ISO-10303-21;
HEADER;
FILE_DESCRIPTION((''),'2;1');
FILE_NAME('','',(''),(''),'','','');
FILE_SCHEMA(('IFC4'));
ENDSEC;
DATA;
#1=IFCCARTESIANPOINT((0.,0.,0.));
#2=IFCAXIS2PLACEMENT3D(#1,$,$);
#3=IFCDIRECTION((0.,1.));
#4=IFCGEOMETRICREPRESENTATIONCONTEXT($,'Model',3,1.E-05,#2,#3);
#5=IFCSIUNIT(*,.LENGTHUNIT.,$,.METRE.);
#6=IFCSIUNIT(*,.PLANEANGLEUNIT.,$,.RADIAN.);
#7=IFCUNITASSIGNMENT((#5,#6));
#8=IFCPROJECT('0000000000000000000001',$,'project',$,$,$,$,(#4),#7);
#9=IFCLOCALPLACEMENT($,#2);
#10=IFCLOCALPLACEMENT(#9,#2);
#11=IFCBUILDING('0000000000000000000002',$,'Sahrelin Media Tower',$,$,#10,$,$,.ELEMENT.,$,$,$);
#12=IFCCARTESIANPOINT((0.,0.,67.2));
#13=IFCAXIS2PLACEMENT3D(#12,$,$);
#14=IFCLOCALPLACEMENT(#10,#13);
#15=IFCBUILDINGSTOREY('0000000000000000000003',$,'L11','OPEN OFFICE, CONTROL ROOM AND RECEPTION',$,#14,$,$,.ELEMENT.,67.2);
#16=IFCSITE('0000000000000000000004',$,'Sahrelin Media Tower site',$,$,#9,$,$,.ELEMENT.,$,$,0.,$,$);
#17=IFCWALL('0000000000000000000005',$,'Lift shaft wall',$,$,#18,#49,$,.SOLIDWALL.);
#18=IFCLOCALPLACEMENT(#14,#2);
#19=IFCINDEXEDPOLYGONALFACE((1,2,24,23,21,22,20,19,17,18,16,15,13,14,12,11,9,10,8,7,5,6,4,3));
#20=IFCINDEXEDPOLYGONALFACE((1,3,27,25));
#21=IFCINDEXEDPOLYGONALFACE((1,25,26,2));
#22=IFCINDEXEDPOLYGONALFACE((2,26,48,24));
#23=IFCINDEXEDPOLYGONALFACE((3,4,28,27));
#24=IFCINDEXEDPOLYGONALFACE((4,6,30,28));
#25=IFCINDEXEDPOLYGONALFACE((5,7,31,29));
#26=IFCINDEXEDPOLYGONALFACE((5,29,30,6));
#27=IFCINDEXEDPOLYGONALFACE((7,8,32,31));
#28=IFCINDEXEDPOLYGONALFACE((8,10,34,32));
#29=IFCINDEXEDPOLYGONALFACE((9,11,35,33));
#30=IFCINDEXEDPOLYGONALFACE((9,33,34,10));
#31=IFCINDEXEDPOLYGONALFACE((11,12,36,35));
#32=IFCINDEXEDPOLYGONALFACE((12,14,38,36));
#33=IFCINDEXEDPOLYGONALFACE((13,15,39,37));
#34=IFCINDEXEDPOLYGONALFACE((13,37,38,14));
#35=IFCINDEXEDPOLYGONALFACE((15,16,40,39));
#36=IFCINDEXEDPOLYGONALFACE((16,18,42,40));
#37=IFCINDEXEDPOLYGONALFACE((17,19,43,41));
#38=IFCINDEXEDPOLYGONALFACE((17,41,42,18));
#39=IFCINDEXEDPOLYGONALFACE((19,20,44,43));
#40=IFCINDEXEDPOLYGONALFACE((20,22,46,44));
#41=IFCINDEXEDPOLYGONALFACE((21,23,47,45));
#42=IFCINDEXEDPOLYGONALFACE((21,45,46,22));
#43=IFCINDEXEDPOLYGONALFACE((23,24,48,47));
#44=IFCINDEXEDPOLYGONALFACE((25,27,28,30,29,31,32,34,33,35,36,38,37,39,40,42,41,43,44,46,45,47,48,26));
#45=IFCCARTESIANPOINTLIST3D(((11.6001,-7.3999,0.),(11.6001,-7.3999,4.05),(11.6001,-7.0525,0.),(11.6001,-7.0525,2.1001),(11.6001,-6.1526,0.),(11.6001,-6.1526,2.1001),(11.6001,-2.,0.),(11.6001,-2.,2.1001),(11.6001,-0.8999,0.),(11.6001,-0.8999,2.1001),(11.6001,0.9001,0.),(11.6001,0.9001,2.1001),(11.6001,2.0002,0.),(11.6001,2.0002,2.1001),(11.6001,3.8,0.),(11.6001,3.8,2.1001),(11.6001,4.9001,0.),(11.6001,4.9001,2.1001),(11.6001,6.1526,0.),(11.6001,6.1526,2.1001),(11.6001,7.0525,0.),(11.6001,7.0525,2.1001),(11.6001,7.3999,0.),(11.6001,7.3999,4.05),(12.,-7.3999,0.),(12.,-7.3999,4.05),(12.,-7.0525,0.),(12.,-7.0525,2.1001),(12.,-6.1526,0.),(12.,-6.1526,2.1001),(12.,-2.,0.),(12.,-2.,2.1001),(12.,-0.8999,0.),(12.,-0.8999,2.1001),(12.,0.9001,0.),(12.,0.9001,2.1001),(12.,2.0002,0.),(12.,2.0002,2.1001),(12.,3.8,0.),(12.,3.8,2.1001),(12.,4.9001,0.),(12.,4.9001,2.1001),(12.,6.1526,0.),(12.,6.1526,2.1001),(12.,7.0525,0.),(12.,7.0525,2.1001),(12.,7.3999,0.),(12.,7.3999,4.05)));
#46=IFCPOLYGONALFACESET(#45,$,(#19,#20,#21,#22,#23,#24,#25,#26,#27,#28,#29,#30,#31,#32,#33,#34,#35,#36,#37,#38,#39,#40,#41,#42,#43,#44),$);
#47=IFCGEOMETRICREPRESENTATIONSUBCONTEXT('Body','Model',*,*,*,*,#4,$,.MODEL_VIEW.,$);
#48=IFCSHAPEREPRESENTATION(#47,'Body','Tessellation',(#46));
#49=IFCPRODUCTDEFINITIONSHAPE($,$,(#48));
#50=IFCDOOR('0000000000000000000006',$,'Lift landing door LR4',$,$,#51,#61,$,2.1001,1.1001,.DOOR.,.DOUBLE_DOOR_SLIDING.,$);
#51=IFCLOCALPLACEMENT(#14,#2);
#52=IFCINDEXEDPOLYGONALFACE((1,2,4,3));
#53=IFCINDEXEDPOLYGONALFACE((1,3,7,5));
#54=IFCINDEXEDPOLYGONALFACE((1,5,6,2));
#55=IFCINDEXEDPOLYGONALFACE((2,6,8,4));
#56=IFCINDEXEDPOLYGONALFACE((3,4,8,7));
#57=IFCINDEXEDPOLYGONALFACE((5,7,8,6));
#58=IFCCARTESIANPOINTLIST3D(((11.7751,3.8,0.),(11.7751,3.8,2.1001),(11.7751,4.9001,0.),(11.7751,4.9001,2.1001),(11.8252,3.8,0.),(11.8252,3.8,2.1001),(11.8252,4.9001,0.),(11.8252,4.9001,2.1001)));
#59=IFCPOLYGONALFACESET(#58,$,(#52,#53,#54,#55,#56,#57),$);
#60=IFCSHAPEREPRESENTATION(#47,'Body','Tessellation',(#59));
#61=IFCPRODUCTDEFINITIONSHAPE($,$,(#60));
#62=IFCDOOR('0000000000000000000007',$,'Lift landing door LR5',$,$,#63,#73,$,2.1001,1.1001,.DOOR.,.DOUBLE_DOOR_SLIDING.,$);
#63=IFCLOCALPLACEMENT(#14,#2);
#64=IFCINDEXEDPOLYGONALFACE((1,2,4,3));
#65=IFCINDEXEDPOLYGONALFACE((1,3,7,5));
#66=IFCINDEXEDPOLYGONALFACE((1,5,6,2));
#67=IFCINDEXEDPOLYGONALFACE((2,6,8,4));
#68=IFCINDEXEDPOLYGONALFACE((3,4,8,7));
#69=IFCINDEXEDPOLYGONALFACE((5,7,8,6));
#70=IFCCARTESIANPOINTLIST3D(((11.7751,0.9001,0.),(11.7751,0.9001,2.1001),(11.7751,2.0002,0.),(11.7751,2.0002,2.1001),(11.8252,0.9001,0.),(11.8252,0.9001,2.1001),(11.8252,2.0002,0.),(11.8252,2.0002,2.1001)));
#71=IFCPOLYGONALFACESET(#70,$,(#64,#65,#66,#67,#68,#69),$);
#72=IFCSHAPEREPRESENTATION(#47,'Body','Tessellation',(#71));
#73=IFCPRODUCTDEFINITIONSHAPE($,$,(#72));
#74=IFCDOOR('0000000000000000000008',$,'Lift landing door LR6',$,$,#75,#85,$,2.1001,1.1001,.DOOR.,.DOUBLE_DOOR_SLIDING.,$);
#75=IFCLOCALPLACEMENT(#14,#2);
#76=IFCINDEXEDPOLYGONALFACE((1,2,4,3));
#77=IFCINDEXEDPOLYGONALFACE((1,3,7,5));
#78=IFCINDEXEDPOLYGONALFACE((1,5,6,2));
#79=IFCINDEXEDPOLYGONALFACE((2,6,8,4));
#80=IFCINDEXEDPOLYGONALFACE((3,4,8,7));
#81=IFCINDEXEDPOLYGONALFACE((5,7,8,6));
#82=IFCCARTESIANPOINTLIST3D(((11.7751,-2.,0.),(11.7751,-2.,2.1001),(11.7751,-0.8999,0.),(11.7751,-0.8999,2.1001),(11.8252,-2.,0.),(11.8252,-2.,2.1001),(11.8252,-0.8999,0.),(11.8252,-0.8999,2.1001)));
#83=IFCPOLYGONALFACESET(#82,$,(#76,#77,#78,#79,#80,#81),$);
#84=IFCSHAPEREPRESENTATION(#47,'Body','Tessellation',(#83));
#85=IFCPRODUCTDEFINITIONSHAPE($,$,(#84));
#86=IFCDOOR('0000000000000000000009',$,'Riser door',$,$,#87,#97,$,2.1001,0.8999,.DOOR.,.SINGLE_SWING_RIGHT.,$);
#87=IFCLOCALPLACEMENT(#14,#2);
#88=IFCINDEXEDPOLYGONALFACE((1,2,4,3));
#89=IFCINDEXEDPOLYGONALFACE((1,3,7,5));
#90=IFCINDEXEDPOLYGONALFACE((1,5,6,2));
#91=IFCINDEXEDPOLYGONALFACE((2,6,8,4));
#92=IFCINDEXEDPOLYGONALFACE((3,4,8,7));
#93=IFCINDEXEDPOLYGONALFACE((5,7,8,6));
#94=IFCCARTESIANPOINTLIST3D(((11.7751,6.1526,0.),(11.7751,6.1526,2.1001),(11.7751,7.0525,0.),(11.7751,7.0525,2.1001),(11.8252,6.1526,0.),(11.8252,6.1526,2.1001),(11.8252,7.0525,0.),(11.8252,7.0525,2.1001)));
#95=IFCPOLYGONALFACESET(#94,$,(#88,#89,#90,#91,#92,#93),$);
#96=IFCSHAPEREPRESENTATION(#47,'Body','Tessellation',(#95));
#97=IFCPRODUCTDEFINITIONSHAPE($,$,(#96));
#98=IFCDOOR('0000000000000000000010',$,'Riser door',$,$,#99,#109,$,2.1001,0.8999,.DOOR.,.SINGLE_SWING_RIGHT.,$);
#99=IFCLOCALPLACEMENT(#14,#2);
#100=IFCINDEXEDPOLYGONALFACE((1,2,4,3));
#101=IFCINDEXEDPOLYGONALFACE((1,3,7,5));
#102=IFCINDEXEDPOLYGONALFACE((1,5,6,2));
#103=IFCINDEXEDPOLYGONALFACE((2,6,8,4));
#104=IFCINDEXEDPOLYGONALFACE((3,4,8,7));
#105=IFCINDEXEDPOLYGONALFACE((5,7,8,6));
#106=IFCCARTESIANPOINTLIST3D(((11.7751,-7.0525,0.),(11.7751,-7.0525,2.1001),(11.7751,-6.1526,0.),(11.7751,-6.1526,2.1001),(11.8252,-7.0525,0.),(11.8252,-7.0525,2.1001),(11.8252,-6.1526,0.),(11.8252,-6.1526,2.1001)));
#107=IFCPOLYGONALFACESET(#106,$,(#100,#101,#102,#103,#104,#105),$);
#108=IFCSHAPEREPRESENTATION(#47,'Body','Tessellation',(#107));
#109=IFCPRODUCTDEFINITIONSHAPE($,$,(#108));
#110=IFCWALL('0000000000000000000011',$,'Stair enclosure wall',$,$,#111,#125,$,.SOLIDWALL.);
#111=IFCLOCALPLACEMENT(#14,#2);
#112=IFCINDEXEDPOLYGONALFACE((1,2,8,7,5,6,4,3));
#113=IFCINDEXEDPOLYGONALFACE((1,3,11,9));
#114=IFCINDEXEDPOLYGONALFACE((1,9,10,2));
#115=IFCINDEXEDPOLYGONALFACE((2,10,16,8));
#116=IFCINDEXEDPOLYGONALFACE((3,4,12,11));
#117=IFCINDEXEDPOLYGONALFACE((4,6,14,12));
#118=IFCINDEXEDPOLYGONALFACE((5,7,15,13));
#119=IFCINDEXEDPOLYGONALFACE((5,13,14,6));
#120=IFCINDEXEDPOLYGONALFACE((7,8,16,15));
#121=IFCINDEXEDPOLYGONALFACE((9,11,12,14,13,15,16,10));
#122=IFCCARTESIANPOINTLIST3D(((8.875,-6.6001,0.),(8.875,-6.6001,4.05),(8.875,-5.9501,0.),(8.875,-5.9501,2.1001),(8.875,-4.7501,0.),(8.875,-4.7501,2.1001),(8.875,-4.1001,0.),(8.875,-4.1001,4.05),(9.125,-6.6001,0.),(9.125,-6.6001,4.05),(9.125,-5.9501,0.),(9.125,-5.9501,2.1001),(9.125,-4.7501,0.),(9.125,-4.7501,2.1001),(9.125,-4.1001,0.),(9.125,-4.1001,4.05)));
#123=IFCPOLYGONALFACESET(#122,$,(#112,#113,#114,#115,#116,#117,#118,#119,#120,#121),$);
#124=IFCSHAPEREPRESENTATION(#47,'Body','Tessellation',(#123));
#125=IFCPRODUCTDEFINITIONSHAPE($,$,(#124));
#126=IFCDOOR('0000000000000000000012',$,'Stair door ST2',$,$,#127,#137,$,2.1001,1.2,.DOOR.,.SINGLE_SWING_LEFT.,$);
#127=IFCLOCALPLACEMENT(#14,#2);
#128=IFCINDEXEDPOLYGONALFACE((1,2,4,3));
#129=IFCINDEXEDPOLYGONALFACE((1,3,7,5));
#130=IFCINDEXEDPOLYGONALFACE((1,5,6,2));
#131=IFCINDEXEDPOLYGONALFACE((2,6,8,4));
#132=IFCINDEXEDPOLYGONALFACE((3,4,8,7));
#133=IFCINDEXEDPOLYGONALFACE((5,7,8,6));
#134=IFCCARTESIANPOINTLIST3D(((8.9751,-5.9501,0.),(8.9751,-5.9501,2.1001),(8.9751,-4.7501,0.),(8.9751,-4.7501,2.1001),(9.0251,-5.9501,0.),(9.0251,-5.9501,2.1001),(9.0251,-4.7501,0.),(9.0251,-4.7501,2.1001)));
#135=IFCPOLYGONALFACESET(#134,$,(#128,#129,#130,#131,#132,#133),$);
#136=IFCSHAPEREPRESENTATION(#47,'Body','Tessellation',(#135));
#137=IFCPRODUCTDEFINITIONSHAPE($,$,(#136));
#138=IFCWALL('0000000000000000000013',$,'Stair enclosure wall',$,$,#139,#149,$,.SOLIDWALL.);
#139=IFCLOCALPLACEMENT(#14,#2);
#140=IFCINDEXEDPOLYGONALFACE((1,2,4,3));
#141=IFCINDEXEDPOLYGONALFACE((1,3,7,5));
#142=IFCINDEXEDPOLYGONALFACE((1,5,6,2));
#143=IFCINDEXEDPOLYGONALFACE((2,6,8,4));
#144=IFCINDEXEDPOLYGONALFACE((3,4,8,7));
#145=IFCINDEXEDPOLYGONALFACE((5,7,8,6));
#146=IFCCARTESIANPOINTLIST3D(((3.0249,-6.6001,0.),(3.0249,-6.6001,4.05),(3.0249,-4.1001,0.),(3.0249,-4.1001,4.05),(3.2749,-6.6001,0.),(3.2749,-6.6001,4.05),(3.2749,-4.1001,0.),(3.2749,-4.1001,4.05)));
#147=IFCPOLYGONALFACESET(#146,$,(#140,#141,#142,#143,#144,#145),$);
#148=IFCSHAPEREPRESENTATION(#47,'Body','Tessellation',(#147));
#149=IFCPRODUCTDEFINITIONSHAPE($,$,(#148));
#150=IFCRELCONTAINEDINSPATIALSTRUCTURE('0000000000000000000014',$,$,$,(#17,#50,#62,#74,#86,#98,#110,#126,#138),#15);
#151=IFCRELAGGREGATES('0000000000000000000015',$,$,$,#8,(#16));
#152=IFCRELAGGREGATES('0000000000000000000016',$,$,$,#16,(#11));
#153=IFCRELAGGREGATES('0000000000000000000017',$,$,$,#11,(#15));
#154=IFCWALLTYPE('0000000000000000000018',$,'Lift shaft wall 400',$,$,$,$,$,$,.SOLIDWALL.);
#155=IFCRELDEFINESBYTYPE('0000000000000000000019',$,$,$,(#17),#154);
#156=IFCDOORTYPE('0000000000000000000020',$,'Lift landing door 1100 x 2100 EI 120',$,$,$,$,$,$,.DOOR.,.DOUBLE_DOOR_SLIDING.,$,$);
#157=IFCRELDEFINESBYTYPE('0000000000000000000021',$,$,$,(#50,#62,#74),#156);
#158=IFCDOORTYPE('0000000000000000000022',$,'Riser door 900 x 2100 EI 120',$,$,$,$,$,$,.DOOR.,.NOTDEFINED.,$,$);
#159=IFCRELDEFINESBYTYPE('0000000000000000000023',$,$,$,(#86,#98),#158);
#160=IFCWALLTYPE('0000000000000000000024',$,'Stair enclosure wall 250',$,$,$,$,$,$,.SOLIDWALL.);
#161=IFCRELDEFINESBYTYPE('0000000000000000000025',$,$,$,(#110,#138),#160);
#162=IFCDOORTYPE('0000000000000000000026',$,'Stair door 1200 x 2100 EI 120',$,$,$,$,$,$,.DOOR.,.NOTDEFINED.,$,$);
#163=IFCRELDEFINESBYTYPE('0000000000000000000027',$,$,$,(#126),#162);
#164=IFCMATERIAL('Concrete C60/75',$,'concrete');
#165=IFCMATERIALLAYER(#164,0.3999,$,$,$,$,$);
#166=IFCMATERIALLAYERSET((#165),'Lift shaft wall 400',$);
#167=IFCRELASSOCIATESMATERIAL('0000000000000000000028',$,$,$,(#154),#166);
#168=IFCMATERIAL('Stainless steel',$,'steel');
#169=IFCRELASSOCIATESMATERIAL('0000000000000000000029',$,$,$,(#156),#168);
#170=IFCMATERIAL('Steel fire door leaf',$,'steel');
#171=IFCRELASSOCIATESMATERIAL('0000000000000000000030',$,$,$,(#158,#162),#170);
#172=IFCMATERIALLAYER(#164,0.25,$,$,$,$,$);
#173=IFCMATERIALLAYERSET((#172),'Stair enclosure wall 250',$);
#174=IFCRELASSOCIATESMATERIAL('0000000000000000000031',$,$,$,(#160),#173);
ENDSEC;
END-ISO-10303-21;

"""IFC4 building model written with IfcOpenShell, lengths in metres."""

from ifc_helpers import new_model, si_unit, direction, frame, frame_2d, origin, place, context, subcontext, project, spatial, rectangle, extrude, material, layer, layer_set, type_object, element, fill, save


model = new_model("IFC4")

# Units and contexts
model_context = context("Model", 3, precision=1e-05, world=origin(), true_north=direction((0.0, 1.0)))
body_context = subcontext(model_context, "Body", "Model", "MODEL_VIEW")
ifc_project = project(units=[si_unit("LENGTHUNIT", "METRE"), si_unit("PLANEANGLEUNIT", "RADIAN")], contexts=[model_context])

# Site, building, storey
site_placement = place(None, origin())
site = spatial("IfcSite", under=ifc_project, at=site_placement, Name="Sahrelin Media Tower site", CompositionType="ELEMENT", RefElevation=0.0)
building_placement = place(site_placement, origin())
building = spatial("IfcBuilding", under=site, at=building_placement, Name="Sahrelin Media Tower", CompositionType="ELEMENT")
storey_placement = place(building_placement, frame((0.0, 0.0, 67.2)))
storey = spatial("IfcBuildingStorey", under=building, at=storey_placement, Name="L11", Description="OPEN OFFICE, CONTROL ROOM AND RECEPTION", CompositionType="ELEMENT", Elevation=67.2)

# Shared definitions
ifc_material_1 = material(Name="Concrete C60/75", Category="concrete")

# Shared definitions
ifc_material_2 = material(Name="Steel fire door leaf", Category="steel")

# Wall, openings, doors
ifc_layer_1 = layer(ifc_material_1, 0.3999)
ifc_layer_set_1 = layer_set([ifc_layer_1], Name="Lift shaft wall 400")
wall_type_1 = type_object("IfcWallType", Name="Lift shaft wall 400", PredefinedType="SOLIDWALL", material=ifc_layer_set_1)
wall_1_placement = place(storey_placement, frame((11.8, -7.3999, 0.0), z_axis=(0.0, 0.0, 1.0), x_axis=(0.0, 1.0, 0.0)))
wall_1 = element("IfcWall", 1, at=wall_1_placement, inside=storey, type_object=wall_type_1, Name="Lift shaft wall", PredefinedType="SOLIDWALL", context=body_context, shape_type="SweptSolid", body=[
    extrude(rectangle(XDim=14.7998, YDim=0.3999, at=frame_2d((7.3999, 0.0))), origin(), (0.0, 0.0, 1.0), 4.05),
])
opening_1_placement = place(wall_1_placement, frame((11.2, 0.0, 0.0)))
opening_1 = element("IfcOpeningElement", 2, at=opening_1_placement, cuts=wall_1, PredefinedType="OPENING", context=body_context, shape_type="SweptSolid", body=[
    extrude(rectangle(XDim=1.1001, YDim=2.1001, at=frame_2d((0.55, 1.05))), frame((0.0, 0.2, 0.0), z_axis=(0.0, -1.0, 0.0), x_axis=(1.0, 0.0, 0.0)), (0.0, 0.0, 1.0), 0.3999),
])
opening_2_placement = place(wall_1_placement, frame((8.3, 0.0, 0.0)))
opening_2 = element("IfcOpeningElement", 3, at=opening_2_placement, cuts=wall_1, PredefinedType="OPENING", context=body_context, shape_type="SweptSolid", body=[
    extrude(rectangle(XDim=1.1001, YDim=2.1001, at=frame_2d((0.55, 1.05))), frame((0.0, 0.2, 0.0), z_axis=(0.0, -1.0, 0.0), x_axis=(1.0, 0.0, 0.0)), (0.0, 0.0, 1.0), 0.3999),
])
opening_3_placement = place(wall_1_placement, frame((5.3999, 0.0, 0.0)))
opening_3 = element("IfcOpeningElement", 4, at=opening_3_placement, cuts=wall_1, PredefinedType="OPENING", context=body_context, shape_type="SweptSolid", body=[
    extrude(rectangle(XDim=1.1001, YDim=2.1001, at=frame_2d((0.55, 1.05))), frame((0.0, 0.2, 0.0), z_axis=(0.0, -1.0, 0.0), x_axis=(1.0, 0.0, 0.0)), (0.0, 0.0, 1.0), 0.3999),
])
opening_4_placement = place(wall_1_placement, frame((13.5525, 0.0, 0.0)))
opening_4 = element("IfcOpeningElement", 5, at=opening_4_placement, cuts=wall_1, PredefinedType="OPENING", context=body_context, shape_type="SweptSolid", body=[
    extrude(rectangle(XDim=0.8999, YDim=2.1001, at=frame_2d((0.45, 1.05))), frame((0.0, 0.2, 0.0), z_axis=(0.0, -1.0, 0.0), x_axis=(1.0, 0.0, 0.0)), (0.0, 0.0, 1.0), 0.3999),
])
opening_5_placement = place(wall_1_placement, frame((0.3474, 0.0, 0.0)))
opening_5 = element("IfcOpeningElement", 6, at=opening_5_placement, cuts=wall_1, PredefinedType="OPENING", context=body_context, shape_type="SweptSolid", body=[
    extrude(rectangle(XDim=0.8999, YDim=2.1001, at=frame_2d((0.45, 1.05))), frame((0.0, 0.2, 0.0), z_axis=(0.0, -1.0, 0.0), x_axis=(1.0, 0.0, 0.0)), (0.0, 0.0, 1.0), 0.3999),
])
ifc_material_3 = material(Name="Stainless steel", Category="steel")
door_type_1 = type_object("IfcDoorType", Name="Lift landing door 1100 x 2100 EI 120", OperationType="DOUBLE_DOOR_SLIDING", PredefinedType="DOOR", material=ifc_material_3)
door_1_placement = place(opening_1_placement, origin())
door_1 = element("IfcDoor", 7, at=door_1_placement, inside=storey, type_object=door_type_1, Name="Lift landing door LR4", OperationType="DOUBLE_DOOR_SLIDING", OverallHeight=2.1001, OverallWidth=1.1001, PredefinedType="DOOR", context=body_context, shape_type="SweptSolid", body=[
    extrude(rectangle(XDim=1.1001, YDim=2.1001, at=frame_2d((0.55, 1.05))), frame((0.0, 0.0249, 0.0), z_axis=(0.0, -1.0, 0.0), x_axis=(1.0, 0.0, 0.0)), (0.0, 0.0, 1.0), 0.05),
])
fill(opening_1, door_1)
door_2_placement = place(opening_2_placement, origin())
door_2 = element("IfcDoor", 8, at=door_2_placement, inside=storey, type_object=door_type_1, Name="Lift landing door LR5", OperationType="DOUBLE_DOOR_SLIDING", OverallHeight=2.1001, OverallWidth=1.1001, PredefinedType="DOOR", context=body_context, shape_type="SweptSolid", body=[
    extrude(rectangle(XDim=1.1001, YDim=2.1001, at=frame_2d((0.55, 1.05))), frame((0.0, 0.0249, 0.0), z_axis=(0.0, -1.0, 0.0), x_axis=(1.0, 0.0, 0.0)), (0.0, 0.0, 1.0), 0.05),
])
fill(opening_2, door_2)
door_3_placement = place(opening_3_placement, origin())
door_3 = element("IfcDoor", 9, at=door_3_placement, inside=storey, type_object=door_type_1, Name="Lift landing door LR6", OperationType="DOUBLE_DOOR_SLIDING", OverallHeight=2.1001, OverallWidth=1.1001, PredefinedType="DOOR", context=body_context, shape_type="SweptSolid", body=[
    extrude(rectangle(XDim=1.1001, YDim=2.1001, at=frame_2d((0.55, 1.05))), frame((0.0, 0.0249, 0.0), z_axis=(0.0, -1.0, 0.0), x_axis=(1.0, 0.0, 0.0)), (0.0, 0.0, 1.0), 0.05),
])
fill(opening_3, door_3)
door_type_2 = type_object("IfcDoorType", Name="Riser door 900 x 2100 EI 120", OperationType="NOTDEFINED", PredefinedType="DOOR", material=ifc_material_2)
door_4_placement = place(opening_4_placement, origin())
door_4 = element("IfcDoor", 10, at=door_4_placement, inside=storey, type_object=door_type_2, Name="Riser door", OperationType="SINGLE_SWING_RIGHT", OverallHeight=2.1001, OverallWidth=0.8999, PredefinedType="DOOR", context=body_context, shape_type="SweptSolid", body=[
    extrude(rectangle(XDim=0.8999, YDim=2.1001, at=frame_2d((0.45, 1.05))), frame((0.0, 0.0249, 0.0), z_axis=(0.0, -1.0, 0.0), x_axis=(1.0, 0.0, 0.0)), (0.0, 0.0, 1.0), 0.05),
])
fill(opening_4, door_4)
door_5_placement = place(opening_5_placement, origin())
door_5 = element("IfcDoor", 11, at=door_5_placement, inside=storey, type_object=door_type_2, Name="Riser door", OperationType="SINGLE_SWING_RIGHT", OverallHeight=2.1001, OverallWidth=0.8999, PredefinedType="DOOR", context=body_context, shape_type="SweptSolid", body=[
    extrude(rectangle(XDim=0.8999, YDim=2.1001, at=frame_2d((0.45, 1.05))), frame((0.0, 0.0249, 0.0), z_axis=(0.0, -1.0, 0.0), x_axis=(1.0, 0.0, 0.0)), (0.0, 0.0, 1.0), 0.05),
])
fill(opening_5, door_5)

# Wall, opening, door
ifc_layer_2 = layer(ifc_material_1, 0.25)
ifc_layer_set_2 = layer_set([ifc_layer_2], Name="Stair enclosure wall 250")
wall_type_2 = type_object("IfcWallType", Name="Stair enclosure wall 250", PredefinedType="SOLIDWALL", material=ifc_layer_set_2)
wall_2_placement = place(storey_placement, frame((9.0, -6.6001, 0.0), z_axis=(0.0, 0.0, 1.0), x_axis=(0.0, 1.0, 0.0)))
wall_2 = element("IfcWall", 12, at=wall_2_placement, inside=storey, type_object=wall_type_2, Name="Stair enclosure wall", PredefinedType="SOLIDWALL", context=body_context, shape_type="SweptSolid", body=[
    extrude(rectangle(XDim=2.5, YDim=0.25, at=frame_2d((1.25, 0.0))), origin(), (0.0, 0.0, 1.0), 4.05),
])
opening_6_placement = place(wall_2_placement, frame((0.6499, 0.0, 0.0)))
opening_6 = element("IfcOpeningElement", 13, at=opening_6_placement, cuts=wall_2, PredefinedType="OPENING", context=body_context, shape_type="SweptSolid", body=[
    extrude(rectangle(XDim=1.2, YDim=2.1001, at=frame_2d((0.6001, 1.05))), frame((0.0, 0.125, 0.0), z_axis=(0.0, -1.0, 0.0), x_axis=(1.0, 0.0, 0.0)), (0.0, 0.0, 1.0), 0.25),
])
door_type_3 = type_object("IfcDoorType", Name="Stair door 1200 x 2100 EI 120", OperationType="NOTDEFINED", PredefinedType="DOOR", material=ifc_material_2)
door_6_placement = place(opening_6_placement, origin())
door_6 = element("IfcDoor", 14, at=door_6_placement, inside=storey, type_object=door_type_3, Name="Stair door ST2", OperationType="SINGLE_SWING_LEFT", OverallHeight=2.1001, OverallWidth=1.2, PredefinedType="DOOR", context=body_context, shape_type="SweptSolid", body=[
    extrude(rectangle(XDim=1.2, YDim=2.1001, at=frame_2d((0.6001, 1.05))), frame((0.0, 0.0249, 0.0), z_axis=(0.0, -1.0, 0.0), x_axis=(1.0, 0.0, 0.0)), (0.0, 0.0, 1.0), 0.05),
])
fill(opening_6, door_6)

# Wall
wall_3_placement = place(storey_placement, frame((3.1499, -6.6001, 0.0), z_axis=(0.0, 0.0, 1.0), x_axis=(0.0, 1.0, 0.0)))
element("IfcWall", 15, at=wall_3_placement, inside=storey, type_object=wall_type_2, Name="Stair enclosure wall", PredefinedType="SOLIDWALL", context=body_context, shape_type="SweptSolid", body=[
    extrude(rectangle(XDim=2.5, YDim=0.25, at=frame_2d((1.25, 0.0))), origin(), (0.0, 0.0, 1.0), 4.05),
])

save(model, "model.ifc")
